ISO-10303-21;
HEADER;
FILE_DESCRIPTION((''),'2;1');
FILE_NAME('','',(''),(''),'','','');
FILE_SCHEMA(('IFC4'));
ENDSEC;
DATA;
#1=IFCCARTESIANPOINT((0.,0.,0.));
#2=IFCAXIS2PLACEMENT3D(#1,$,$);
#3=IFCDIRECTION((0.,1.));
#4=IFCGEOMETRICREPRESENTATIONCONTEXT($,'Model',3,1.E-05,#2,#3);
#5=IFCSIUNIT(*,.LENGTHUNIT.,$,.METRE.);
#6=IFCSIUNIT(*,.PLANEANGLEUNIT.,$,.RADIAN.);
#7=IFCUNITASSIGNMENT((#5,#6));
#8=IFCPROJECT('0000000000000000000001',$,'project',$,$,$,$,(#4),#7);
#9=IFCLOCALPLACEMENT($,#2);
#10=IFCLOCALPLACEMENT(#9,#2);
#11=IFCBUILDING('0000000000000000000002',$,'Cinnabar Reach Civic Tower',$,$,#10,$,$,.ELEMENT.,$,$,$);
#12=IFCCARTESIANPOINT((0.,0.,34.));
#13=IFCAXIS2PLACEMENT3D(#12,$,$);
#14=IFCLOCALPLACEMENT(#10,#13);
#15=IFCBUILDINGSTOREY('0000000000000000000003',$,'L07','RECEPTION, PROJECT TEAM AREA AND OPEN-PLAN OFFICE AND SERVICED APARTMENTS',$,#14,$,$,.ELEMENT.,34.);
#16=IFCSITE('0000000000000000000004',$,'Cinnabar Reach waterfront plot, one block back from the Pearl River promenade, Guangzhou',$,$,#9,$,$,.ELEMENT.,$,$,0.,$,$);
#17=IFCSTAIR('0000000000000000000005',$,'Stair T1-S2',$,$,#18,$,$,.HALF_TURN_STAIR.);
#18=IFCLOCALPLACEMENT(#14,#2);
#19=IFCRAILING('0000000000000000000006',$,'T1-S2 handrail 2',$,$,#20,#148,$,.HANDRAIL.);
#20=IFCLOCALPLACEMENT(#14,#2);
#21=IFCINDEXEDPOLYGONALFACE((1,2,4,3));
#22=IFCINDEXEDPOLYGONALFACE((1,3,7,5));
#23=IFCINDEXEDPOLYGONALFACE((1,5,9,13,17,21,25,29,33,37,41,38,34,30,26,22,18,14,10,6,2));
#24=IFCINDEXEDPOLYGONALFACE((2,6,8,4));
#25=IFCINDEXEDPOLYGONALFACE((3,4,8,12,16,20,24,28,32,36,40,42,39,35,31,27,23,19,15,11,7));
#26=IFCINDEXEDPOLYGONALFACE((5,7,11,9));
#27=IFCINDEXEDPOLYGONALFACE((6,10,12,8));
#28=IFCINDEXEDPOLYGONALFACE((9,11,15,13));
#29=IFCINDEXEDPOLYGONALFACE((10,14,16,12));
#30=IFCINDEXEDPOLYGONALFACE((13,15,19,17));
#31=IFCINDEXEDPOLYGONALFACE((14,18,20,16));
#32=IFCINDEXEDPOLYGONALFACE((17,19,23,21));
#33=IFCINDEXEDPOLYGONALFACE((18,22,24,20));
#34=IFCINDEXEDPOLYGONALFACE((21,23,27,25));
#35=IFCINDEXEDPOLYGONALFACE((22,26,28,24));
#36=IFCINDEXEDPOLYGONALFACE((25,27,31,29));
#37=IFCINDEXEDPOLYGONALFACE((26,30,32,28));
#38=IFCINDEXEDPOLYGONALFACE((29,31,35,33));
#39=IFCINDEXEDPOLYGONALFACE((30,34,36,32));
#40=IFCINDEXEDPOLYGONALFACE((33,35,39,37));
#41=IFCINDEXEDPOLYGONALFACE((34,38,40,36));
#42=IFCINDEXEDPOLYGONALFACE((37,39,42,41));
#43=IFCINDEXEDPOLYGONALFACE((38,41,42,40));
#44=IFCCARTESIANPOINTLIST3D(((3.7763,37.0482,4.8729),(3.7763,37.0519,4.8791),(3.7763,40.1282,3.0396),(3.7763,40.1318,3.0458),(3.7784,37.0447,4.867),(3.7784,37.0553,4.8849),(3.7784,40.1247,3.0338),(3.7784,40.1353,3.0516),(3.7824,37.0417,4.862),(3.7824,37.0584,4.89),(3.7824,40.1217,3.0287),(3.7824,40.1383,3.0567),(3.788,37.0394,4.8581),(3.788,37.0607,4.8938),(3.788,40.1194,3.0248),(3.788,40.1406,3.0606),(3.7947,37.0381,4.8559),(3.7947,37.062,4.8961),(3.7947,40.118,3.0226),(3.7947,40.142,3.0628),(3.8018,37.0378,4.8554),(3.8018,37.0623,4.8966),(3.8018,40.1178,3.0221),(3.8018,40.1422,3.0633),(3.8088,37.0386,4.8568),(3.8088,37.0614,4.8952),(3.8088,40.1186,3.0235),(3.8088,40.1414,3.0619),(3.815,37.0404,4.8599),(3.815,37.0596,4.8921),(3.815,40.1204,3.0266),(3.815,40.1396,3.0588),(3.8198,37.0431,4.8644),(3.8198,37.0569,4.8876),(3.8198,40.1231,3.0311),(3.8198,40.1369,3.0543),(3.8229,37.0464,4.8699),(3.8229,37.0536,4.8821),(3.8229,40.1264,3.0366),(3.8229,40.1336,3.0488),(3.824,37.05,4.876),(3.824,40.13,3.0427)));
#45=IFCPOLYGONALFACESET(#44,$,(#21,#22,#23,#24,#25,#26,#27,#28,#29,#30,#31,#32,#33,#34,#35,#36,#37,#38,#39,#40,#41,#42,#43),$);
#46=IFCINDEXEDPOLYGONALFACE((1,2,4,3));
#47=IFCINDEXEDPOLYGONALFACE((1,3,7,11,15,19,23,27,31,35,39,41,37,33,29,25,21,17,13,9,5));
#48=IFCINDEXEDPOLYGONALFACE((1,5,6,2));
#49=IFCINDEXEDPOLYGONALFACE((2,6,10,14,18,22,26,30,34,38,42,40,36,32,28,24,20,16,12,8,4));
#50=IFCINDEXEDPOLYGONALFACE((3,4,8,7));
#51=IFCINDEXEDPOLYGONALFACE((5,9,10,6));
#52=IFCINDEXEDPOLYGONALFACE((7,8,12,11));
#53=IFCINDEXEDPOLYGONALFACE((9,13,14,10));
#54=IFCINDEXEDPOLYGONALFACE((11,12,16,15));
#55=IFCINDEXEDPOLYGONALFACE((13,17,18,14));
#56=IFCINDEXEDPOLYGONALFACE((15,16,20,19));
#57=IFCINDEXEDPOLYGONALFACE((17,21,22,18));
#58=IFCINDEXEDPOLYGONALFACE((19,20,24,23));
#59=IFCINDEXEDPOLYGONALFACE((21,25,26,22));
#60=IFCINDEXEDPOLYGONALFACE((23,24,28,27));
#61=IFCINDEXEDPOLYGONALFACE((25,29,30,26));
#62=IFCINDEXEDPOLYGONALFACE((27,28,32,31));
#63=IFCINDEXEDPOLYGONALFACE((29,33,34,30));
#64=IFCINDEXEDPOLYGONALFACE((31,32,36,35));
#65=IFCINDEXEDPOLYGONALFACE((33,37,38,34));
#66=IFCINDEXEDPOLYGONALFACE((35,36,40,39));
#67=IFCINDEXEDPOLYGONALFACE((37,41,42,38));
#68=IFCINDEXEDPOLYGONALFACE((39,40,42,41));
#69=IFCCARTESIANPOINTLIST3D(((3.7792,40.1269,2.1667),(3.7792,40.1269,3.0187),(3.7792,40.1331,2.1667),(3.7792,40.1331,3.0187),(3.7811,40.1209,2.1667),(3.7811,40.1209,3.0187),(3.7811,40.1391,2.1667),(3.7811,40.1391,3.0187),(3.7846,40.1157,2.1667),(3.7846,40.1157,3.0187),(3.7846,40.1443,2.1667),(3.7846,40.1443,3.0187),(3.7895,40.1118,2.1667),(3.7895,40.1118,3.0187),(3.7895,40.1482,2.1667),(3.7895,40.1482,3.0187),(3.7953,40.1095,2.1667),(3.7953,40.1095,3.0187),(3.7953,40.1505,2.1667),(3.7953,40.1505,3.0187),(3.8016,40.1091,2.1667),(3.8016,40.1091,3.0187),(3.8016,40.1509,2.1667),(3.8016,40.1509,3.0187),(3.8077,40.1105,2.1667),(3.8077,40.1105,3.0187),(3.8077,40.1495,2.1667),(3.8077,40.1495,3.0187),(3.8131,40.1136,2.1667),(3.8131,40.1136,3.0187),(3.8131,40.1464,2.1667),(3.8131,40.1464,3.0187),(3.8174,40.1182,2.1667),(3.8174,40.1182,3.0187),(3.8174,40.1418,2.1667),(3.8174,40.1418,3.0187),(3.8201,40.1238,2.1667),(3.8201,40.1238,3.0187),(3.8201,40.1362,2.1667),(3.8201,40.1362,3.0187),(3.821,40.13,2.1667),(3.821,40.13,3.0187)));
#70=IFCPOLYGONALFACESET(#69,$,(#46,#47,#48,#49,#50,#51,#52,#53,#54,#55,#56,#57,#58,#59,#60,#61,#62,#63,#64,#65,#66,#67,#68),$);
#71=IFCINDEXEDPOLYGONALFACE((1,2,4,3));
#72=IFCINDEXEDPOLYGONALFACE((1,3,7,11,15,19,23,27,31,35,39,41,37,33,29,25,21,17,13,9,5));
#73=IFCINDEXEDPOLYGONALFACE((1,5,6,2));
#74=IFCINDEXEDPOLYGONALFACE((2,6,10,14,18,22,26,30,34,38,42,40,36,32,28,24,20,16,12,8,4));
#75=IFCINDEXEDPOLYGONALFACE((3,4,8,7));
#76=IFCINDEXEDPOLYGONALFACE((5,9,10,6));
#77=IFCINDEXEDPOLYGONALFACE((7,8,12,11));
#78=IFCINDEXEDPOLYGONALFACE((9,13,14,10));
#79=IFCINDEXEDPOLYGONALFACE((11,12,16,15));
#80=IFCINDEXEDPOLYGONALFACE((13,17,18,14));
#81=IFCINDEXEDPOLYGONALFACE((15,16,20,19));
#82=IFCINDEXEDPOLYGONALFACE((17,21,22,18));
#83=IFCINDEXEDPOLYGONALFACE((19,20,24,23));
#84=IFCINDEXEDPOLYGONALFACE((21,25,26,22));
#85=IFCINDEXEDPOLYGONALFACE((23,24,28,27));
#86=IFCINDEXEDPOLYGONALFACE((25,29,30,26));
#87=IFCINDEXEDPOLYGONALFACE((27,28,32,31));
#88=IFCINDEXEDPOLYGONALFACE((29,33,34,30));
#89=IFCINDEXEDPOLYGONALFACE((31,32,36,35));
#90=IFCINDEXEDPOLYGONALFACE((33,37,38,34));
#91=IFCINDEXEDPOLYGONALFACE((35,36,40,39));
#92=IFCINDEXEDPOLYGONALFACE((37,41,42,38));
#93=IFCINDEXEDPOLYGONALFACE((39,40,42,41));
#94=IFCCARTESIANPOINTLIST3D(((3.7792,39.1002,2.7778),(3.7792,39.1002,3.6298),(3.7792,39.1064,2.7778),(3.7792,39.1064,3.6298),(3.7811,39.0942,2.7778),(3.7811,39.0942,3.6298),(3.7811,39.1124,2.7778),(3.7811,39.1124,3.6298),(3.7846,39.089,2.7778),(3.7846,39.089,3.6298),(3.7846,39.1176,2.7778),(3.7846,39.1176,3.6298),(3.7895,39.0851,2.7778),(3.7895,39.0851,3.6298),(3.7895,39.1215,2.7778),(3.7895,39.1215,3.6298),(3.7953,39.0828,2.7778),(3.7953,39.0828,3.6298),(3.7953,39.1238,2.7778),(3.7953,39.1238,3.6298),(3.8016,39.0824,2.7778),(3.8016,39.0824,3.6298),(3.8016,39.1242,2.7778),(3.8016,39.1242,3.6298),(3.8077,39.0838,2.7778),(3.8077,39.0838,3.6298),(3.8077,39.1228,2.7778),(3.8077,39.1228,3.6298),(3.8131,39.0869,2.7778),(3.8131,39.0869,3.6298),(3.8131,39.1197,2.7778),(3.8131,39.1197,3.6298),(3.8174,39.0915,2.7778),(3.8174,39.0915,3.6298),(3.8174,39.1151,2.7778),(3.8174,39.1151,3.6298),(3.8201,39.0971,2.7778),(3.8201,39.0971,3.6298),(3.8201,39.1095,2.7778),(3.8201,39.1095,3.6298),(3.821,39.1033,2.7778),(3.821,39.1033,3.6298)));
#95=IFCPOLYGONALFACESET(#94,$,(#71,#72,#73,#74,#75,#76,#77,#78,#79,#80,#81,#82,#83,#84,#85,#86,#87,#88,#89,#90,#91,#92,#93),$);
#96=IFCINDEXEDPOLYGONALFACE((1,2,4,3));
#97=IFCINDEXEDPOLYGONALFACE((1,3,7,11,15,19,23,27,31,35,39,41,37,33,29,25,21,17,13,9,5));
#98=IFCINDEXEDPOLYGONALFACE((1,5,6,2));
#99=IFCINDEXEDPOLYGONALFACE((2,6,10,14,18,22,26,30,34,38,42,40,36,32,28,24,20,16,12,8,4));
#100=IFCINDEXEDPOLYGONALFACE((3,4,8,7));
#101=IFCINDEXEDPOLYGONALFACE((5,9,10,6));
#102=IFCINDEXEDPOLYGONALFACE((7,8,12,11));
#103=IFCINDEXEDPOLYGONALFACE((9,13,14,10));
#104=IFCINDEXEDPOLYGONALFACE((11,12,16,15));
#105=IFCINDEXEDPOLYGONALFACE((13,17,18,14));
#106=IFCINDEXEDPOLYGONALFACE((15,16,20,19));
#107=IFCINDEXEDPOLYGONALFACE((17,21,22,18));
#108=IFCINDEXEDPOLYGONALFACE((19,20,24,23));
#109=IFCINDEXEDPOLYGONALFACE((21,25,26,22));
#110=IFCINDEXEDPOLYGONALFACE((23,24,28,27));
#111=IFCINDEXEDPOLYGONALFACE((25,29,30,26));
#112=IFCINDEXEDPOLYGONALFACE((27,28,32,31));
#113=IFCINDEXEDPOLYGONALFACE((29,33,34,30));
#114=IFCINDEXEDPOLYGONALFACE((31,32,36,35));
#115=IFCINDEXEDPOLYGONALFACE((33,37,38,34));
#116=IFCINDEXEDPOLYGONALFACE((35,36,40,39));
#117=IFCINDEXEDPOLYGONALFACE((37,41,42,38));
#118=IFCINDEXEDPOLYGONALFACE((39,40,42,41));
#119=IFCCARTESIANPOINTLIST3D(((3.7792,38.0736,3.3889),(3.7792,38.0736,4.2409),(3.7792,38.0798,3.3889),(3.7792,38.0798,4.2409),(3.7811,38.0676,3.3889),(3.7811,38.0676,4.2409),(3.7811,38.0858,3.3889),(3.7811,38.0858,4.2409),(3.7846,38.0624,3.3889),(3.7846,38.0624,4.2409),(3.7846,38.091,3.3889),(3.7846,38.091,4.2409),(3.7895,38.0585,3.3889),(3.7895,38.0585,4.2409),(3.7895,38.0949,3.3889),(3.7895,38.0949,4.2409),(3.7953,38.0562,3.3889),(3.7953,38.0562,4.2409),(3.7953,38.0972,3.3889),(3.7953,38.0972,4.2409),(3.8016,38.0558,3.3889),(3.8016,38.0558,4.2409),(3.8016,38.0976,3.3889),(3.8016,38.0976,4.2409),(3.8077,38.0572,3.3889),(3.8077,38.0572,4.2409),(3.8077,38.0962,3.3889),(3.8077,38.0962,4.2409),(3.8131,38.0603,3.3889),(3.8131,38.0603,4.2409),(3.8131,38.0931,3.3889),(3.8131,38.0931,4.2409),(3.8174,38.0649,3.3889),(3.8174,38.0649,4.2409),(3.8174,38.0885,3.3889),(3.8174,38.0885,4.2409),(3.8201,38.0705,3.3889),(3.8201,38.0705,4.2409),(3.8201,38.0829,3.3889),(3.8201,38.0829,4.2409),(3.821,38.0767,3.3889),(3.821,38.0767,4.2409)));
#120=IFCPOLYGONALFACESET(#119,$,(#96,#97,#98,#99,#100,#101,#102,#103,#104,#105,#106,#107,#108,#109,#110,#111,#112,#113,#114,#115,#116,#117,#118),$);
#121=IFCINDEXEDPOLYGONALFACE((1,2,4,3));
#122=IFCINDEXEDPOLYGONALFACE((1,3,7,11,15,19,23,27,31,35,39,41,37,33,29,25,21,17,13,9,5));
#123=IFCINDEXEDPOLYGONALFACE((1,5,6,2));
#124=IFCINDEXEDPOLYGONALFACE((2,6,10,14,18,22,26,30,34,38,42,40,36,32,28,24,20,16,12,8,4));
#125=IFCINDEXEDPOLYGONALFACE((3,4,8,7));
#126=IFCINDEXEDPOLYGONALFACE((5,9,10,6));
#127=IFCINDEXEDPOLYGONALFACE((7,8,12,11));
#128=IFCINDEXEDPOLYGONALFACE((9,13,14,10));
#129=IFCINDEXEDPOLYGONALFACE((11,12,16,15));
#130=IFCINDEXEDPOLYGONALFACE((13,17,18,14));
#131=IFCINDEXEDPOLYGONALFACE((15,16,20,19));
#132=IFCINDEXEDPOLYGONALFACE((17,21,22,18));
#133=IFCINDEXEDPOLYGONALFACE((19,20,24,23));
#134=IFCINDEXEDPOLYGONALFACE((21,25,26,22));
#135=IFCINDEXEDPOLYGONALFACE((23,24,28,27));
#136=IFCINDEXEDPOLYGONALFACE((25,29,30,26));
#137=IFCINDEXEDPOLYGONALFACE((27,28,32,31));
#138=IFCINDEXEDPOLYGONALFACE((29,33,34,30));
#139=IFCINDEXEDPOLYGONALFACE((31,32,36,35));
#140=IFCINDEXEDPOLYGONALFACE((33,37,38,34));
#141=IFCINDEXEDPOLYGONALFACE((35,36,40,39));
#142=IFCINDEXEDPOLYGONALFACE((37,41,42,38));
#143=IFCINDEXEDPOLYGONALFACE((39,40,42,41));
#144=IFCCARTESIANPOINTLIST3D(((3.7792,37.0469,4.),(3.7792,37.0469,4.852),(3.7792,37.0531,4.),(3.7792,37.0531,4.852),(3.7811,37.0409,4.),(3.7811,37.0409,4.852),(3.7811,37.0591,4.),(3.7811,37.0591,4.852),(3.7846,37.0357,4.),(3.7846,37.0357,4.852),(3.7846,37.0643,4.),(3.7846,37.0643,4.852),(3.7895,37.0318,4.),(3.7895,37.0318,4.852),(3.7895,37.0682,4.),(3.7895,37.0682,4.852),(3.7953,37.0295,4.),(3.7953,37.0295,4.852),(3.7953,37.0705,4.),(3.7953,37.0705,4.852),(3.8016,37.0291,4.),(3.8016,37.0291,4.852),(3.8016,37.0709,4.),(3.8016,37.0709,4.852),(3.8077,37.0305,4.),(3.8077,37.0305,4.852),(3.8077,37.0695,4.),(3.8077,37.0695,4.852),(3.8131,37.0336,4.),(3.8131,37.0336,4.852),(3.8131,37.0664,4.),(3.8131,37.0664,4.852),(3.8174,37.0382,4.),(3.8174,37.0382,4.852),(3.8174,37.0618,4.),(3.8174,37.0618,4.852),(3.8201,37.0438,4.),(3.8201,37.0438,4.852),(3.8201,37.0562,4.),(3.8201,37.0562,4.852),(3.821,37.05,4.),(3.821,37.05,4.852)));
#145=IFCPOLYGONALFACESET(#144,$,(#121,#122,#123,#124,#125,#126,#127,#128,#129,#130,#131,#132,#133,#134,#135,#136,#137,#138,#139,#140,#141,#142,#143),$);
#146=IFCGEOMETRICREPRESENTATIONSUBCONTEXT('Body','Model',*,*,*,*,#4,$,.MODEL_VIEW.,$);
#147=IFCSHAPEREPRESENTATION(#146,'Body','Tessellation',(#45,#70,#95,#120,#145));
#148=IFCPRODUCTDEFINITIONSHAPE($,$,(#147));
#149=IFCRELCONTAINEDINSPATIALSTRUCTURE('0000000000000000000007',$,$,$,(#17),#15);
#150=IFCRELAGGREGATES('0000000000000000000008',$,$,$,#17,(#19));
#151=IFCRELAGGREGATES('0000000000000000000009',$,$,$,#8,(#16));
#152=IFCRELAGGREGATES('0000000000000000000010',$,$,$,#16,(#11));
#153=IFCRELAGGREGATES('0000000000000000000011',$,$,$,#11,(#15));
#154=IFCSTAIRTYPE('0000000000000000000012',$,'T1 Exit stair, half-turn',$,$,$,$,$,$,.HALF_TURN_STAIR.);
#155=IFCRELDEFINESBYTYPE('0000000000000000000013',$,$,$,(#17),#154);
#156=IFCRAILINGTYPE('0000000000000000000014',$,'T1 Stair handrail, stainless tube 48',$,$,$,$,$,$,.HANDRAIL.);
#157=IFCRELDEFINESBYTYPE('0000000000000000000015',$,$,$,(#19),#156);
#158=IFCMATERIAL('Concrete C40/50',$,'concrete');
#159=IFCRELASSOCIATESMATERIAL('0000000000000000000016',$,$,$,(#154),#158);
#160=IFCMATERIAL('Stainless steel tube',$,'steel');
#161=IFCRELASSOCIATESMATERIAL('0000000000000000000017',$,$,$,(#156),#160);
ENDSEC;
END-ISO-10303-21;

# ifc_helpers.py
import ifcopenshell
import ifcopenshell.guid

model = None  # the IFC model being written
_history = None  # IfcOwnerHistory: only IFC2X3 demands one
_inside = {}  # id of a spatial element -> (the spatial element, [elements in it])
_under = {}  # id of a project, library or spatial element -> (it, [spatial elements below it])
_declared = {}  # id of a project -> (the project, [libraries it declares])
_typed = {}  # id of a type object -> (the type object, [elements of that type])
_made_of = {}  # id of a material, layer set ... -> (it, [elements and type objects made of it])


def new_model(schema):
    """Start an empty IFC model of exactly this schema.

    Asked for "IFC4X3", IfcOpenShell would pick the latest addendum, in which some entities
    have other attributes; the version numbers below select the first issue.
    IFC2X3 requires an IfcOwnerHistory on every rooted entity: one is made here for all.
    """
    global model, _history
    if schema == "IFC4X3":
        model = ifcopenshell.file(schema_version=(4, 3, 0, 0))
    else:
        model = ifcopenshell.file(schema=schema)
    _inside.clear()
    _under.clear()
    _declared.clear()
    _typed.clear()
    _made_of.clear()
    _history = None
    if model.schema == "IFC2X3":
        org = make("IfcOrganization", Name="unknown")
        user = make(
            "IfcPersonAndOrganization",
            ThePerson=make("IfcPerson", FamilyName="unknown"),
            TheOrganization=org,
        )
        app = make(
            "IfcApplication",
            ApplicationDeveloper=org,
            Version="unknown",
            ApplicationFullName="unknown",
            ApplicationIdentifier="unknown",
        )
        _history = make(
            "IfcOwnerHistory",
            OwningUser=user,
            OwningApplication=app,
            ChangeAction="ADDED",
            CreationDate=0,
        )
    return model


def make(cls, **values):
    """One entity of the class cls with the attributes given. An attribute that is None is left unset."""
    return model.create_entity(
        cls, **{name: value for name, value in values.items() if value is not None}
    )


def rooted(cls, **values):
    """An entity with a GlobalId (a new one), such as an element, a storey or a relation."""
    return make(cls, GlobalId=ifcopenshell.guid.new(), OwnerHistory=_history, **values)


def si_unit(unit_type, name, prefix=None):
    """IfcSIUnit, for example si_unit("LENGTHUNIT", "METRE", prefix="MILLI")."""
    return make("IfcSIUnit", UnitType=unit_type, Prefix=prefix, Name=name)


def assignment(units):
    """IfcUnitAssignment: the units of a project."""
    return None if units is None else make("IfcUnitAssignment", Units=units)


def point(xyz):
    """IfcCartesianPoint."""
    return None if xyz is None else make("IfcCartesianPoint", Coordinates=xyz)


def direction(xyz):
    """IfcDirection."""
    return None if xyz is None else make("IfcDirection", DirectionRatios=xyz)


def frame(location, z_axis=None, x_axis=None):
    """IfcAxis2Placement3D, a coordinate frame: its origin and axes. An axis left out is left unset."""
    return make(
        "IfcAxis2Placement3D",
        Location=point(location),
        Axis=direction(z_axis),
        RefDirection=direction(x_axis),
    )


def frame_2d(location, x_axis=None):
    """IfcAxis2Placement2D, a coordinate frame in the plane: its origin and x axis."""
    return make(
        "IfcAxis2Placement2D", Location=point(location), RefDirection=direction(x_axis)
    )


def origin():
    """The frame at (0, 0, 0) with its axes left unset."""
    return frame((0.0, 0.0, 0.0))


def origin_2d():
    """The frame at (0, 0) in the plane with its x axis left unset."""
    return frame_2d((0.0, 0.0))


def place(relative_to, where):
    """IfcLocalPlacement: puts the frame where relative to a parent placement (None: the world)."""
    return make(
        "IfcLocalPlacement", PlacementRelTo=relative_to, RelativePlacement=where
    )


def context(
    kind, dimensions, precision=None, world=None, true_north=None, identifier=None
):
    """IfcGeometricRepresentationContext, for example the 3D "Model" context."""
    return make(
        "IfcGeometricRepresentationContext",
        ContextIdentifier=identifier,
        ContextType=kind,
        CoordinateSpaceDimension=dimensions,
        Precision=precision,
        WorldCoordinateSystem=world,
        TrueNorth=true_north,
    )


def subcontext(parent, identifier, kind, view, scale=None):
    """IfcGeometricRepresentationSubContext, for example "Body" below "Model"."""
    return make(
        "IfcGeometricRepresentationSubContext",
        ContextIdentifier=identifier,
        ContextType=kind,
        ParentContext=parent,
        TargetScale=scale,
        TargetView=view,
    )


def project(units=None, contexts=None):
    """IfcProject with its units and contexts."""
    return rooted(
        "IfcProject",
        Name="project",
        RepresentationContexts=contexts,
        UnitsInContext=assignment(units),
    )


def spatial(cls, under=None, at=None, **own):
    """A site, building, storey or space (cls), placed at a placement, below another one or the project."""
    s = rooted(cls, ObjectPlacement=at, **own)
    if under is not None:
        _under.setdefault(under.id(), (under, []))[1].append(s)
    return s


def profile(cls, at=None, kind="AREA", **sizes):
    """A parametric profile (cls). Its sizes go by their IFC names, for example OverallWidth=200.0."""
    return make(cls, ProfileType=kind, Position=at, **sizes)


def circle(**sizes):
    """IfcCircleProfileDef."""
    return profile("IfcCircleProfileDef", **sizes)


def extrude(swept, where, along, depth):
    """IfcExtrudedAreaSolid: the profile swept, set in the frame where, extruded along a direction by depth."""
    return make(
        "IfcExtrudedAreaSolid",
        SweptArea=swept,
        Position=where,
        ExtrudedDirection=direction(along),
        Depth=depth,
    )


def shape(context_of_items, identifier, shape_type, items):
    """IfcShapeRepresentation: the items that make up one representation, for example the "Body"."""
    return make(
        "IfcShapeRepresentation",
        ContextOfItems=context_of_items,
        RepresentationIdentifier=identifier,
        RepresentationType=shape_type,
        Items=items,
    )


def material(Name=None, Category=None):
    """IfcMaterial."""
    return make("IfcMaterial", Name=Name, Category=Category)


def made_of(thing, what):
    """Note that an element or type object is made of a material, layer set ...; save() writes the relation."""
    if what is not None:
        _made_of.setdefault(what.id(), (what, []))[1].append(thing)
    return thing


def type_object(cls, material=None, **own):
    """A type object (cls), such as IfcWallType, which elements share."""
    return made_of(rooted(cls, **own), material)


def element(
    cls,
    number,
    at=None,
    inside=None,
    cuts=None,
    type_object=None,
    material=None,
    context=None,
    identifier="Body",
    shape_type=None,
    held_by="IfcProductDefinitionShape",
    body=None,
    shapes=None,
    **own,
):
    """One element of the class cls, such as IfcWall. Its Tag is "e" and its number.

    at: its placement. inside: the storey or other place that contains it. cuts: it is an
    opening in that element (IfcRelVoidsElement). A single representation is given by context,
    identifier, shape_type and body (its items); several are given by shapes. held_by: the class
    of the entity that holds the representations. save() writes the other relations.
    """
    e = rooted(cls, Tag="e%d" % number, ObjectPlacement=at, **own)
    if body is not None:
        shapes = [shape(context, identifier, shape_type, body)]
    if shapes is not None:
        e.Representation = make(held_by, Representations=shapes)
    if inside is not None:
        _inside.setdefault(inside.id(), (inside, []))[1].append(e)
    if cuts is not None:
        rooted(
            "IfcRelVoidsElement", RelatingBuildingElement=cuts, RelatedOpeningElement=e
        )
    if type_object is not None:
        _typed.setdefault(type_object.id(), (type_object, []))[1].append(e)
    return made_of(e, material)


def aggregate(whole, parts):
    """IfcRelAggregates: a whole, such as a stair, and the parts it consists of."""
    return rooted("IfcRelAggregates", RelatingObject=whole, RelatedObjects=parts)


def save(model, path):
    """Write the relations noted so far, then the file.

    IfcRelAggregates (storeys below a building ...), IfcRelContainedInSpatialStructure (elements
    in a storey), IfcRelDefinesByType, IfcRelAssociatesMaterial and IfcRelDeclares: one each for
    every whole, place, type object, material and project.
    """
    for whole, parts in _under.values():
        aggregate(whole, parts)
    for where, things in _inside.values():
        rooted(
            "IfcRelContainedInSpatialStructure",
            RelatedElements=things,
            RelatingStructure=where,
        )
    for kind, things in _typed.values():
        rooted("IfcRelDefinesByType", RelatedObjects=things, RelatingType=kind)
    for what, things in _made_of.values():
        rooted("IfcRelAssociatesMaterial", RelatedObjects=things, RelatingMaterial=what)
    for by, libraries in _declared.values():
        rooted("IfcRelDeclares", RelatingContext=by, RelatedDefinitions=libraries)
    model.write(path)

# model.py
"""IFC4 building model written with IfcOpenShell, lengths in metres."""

from ifc_helpers import new_model, si_unit, direction, frame, origin, origin_2d, place, context, subcontext, project, spatial, circle, extrude, material, type_object, element, aggregate, save


model = new_model("IFC4")

# Units and contexts
model_context = context("Model", 3, precision=1e-05, world=origin(), true_north=direction((0.0, 1.0)))
body_context = subcontext(model_context, "Body", "Model", "MODEL_VIEW")
ifc_project = project(units=[si_unit("LENGTHUNIT", "METRE"), si_unit("PLANEANGLEUNIT", "RADIAN")], contexts=[model_context])

# Site, building, storey
site_placement = place(None, origin())
site = spatial("IfcSite", under=ifc_project, at=site_placement, Name="Cinnabar Reach waterfront plot, one block back from the Pearl River promenade, Guangzhou", CompositionType="ELEMENT", RefElevation=0.0)
building_placement = place(site_placement, origin())
building = spatial("IfcBuilding", under=site, at=building_placement, Name="Cinnabar Reach Civic Tower", CompositionType="ELEMENT")
storey_placement = place(building_placement, frame((0.0, 0.0, 34.0)))
storey = spatial("IfcBuildingStorey", under=building, at=storey_placement, Name="L07", Description="RECEPTION, PROJECT TEAM AREA AND OPEN-PLAN OFFICE AND SERVICED APARTMENTS", CompositionType="ELEMENT", Elevation=34.0)

# Shared definitions
ifc_material_1 = material(Name="Concrete C40/50", Category="concrete")

# Stair, railing
stair_type = type_object("IfcStairType", Name="T1 Exit stair, half-turn", PredefinedType="HALF_TURN_STAIR", material=ifc_material_1)
stair_placement = place(storey_placement, origin())
stair = element("IfcStair", 1, at=stair_placement, inside=storey, type_object=stair_type, Name="Stair T1-S2", PredefinedType="HALF_TURN_STAIR")
ifc_material_2 = material(Name="Stainless steel tube", Category="steel")
railing_type = type_object("IfcRailingType", Name="T1 Stair handrail, stainless tube 48", PredefinedType="HANDRAIL", material=ifc_material_2)
railing_1_placement = place(storey_placement, frame((3.8, 40.13, 2.1667)))
railing_1 = element("IfcRailing", 2, at=railing_1_placement, type_object=railing_type, Name="T1-S2 handrail 2", PredefinedType="HANDRAIL", context=body_context, shape_type="SweptSolid", body=[
    extrude(circle(Radius=0.024, at=origin_2d()), frame((0.0, 0.0, 0.876), z_axis=(0.0, -0.859297, 0.511477), x_axis=(1.0, 0.0, 0.0)), (0.0, 0.0, 1.0), 3.5843),
    extrude(circle(Radius=0.021, at=origin_2d()), origin(), (0.0, 0.0, 1.0), 0.852),
    extrude(circle(Radius=0.021, at=origin_2d()), frame((0.0, -1.0267, 0.6111)), (0.0, 0.0, 1.0), 0.852),
    extrude(circle(Radius=0.021, at=origin_2d()), frame((0.0, -2.0533, 1.2222)), (0.0, 0.0, 1.0), 0.852),
    extrude(circle(Radius=0.021, at=origin_2d()), frame((0.0, -3.08, 1.8333)), (0.0, 0.0, 1.0), 0.852),
])
aggregate(stair, [railing_1])

save(model, "model.ifc")
